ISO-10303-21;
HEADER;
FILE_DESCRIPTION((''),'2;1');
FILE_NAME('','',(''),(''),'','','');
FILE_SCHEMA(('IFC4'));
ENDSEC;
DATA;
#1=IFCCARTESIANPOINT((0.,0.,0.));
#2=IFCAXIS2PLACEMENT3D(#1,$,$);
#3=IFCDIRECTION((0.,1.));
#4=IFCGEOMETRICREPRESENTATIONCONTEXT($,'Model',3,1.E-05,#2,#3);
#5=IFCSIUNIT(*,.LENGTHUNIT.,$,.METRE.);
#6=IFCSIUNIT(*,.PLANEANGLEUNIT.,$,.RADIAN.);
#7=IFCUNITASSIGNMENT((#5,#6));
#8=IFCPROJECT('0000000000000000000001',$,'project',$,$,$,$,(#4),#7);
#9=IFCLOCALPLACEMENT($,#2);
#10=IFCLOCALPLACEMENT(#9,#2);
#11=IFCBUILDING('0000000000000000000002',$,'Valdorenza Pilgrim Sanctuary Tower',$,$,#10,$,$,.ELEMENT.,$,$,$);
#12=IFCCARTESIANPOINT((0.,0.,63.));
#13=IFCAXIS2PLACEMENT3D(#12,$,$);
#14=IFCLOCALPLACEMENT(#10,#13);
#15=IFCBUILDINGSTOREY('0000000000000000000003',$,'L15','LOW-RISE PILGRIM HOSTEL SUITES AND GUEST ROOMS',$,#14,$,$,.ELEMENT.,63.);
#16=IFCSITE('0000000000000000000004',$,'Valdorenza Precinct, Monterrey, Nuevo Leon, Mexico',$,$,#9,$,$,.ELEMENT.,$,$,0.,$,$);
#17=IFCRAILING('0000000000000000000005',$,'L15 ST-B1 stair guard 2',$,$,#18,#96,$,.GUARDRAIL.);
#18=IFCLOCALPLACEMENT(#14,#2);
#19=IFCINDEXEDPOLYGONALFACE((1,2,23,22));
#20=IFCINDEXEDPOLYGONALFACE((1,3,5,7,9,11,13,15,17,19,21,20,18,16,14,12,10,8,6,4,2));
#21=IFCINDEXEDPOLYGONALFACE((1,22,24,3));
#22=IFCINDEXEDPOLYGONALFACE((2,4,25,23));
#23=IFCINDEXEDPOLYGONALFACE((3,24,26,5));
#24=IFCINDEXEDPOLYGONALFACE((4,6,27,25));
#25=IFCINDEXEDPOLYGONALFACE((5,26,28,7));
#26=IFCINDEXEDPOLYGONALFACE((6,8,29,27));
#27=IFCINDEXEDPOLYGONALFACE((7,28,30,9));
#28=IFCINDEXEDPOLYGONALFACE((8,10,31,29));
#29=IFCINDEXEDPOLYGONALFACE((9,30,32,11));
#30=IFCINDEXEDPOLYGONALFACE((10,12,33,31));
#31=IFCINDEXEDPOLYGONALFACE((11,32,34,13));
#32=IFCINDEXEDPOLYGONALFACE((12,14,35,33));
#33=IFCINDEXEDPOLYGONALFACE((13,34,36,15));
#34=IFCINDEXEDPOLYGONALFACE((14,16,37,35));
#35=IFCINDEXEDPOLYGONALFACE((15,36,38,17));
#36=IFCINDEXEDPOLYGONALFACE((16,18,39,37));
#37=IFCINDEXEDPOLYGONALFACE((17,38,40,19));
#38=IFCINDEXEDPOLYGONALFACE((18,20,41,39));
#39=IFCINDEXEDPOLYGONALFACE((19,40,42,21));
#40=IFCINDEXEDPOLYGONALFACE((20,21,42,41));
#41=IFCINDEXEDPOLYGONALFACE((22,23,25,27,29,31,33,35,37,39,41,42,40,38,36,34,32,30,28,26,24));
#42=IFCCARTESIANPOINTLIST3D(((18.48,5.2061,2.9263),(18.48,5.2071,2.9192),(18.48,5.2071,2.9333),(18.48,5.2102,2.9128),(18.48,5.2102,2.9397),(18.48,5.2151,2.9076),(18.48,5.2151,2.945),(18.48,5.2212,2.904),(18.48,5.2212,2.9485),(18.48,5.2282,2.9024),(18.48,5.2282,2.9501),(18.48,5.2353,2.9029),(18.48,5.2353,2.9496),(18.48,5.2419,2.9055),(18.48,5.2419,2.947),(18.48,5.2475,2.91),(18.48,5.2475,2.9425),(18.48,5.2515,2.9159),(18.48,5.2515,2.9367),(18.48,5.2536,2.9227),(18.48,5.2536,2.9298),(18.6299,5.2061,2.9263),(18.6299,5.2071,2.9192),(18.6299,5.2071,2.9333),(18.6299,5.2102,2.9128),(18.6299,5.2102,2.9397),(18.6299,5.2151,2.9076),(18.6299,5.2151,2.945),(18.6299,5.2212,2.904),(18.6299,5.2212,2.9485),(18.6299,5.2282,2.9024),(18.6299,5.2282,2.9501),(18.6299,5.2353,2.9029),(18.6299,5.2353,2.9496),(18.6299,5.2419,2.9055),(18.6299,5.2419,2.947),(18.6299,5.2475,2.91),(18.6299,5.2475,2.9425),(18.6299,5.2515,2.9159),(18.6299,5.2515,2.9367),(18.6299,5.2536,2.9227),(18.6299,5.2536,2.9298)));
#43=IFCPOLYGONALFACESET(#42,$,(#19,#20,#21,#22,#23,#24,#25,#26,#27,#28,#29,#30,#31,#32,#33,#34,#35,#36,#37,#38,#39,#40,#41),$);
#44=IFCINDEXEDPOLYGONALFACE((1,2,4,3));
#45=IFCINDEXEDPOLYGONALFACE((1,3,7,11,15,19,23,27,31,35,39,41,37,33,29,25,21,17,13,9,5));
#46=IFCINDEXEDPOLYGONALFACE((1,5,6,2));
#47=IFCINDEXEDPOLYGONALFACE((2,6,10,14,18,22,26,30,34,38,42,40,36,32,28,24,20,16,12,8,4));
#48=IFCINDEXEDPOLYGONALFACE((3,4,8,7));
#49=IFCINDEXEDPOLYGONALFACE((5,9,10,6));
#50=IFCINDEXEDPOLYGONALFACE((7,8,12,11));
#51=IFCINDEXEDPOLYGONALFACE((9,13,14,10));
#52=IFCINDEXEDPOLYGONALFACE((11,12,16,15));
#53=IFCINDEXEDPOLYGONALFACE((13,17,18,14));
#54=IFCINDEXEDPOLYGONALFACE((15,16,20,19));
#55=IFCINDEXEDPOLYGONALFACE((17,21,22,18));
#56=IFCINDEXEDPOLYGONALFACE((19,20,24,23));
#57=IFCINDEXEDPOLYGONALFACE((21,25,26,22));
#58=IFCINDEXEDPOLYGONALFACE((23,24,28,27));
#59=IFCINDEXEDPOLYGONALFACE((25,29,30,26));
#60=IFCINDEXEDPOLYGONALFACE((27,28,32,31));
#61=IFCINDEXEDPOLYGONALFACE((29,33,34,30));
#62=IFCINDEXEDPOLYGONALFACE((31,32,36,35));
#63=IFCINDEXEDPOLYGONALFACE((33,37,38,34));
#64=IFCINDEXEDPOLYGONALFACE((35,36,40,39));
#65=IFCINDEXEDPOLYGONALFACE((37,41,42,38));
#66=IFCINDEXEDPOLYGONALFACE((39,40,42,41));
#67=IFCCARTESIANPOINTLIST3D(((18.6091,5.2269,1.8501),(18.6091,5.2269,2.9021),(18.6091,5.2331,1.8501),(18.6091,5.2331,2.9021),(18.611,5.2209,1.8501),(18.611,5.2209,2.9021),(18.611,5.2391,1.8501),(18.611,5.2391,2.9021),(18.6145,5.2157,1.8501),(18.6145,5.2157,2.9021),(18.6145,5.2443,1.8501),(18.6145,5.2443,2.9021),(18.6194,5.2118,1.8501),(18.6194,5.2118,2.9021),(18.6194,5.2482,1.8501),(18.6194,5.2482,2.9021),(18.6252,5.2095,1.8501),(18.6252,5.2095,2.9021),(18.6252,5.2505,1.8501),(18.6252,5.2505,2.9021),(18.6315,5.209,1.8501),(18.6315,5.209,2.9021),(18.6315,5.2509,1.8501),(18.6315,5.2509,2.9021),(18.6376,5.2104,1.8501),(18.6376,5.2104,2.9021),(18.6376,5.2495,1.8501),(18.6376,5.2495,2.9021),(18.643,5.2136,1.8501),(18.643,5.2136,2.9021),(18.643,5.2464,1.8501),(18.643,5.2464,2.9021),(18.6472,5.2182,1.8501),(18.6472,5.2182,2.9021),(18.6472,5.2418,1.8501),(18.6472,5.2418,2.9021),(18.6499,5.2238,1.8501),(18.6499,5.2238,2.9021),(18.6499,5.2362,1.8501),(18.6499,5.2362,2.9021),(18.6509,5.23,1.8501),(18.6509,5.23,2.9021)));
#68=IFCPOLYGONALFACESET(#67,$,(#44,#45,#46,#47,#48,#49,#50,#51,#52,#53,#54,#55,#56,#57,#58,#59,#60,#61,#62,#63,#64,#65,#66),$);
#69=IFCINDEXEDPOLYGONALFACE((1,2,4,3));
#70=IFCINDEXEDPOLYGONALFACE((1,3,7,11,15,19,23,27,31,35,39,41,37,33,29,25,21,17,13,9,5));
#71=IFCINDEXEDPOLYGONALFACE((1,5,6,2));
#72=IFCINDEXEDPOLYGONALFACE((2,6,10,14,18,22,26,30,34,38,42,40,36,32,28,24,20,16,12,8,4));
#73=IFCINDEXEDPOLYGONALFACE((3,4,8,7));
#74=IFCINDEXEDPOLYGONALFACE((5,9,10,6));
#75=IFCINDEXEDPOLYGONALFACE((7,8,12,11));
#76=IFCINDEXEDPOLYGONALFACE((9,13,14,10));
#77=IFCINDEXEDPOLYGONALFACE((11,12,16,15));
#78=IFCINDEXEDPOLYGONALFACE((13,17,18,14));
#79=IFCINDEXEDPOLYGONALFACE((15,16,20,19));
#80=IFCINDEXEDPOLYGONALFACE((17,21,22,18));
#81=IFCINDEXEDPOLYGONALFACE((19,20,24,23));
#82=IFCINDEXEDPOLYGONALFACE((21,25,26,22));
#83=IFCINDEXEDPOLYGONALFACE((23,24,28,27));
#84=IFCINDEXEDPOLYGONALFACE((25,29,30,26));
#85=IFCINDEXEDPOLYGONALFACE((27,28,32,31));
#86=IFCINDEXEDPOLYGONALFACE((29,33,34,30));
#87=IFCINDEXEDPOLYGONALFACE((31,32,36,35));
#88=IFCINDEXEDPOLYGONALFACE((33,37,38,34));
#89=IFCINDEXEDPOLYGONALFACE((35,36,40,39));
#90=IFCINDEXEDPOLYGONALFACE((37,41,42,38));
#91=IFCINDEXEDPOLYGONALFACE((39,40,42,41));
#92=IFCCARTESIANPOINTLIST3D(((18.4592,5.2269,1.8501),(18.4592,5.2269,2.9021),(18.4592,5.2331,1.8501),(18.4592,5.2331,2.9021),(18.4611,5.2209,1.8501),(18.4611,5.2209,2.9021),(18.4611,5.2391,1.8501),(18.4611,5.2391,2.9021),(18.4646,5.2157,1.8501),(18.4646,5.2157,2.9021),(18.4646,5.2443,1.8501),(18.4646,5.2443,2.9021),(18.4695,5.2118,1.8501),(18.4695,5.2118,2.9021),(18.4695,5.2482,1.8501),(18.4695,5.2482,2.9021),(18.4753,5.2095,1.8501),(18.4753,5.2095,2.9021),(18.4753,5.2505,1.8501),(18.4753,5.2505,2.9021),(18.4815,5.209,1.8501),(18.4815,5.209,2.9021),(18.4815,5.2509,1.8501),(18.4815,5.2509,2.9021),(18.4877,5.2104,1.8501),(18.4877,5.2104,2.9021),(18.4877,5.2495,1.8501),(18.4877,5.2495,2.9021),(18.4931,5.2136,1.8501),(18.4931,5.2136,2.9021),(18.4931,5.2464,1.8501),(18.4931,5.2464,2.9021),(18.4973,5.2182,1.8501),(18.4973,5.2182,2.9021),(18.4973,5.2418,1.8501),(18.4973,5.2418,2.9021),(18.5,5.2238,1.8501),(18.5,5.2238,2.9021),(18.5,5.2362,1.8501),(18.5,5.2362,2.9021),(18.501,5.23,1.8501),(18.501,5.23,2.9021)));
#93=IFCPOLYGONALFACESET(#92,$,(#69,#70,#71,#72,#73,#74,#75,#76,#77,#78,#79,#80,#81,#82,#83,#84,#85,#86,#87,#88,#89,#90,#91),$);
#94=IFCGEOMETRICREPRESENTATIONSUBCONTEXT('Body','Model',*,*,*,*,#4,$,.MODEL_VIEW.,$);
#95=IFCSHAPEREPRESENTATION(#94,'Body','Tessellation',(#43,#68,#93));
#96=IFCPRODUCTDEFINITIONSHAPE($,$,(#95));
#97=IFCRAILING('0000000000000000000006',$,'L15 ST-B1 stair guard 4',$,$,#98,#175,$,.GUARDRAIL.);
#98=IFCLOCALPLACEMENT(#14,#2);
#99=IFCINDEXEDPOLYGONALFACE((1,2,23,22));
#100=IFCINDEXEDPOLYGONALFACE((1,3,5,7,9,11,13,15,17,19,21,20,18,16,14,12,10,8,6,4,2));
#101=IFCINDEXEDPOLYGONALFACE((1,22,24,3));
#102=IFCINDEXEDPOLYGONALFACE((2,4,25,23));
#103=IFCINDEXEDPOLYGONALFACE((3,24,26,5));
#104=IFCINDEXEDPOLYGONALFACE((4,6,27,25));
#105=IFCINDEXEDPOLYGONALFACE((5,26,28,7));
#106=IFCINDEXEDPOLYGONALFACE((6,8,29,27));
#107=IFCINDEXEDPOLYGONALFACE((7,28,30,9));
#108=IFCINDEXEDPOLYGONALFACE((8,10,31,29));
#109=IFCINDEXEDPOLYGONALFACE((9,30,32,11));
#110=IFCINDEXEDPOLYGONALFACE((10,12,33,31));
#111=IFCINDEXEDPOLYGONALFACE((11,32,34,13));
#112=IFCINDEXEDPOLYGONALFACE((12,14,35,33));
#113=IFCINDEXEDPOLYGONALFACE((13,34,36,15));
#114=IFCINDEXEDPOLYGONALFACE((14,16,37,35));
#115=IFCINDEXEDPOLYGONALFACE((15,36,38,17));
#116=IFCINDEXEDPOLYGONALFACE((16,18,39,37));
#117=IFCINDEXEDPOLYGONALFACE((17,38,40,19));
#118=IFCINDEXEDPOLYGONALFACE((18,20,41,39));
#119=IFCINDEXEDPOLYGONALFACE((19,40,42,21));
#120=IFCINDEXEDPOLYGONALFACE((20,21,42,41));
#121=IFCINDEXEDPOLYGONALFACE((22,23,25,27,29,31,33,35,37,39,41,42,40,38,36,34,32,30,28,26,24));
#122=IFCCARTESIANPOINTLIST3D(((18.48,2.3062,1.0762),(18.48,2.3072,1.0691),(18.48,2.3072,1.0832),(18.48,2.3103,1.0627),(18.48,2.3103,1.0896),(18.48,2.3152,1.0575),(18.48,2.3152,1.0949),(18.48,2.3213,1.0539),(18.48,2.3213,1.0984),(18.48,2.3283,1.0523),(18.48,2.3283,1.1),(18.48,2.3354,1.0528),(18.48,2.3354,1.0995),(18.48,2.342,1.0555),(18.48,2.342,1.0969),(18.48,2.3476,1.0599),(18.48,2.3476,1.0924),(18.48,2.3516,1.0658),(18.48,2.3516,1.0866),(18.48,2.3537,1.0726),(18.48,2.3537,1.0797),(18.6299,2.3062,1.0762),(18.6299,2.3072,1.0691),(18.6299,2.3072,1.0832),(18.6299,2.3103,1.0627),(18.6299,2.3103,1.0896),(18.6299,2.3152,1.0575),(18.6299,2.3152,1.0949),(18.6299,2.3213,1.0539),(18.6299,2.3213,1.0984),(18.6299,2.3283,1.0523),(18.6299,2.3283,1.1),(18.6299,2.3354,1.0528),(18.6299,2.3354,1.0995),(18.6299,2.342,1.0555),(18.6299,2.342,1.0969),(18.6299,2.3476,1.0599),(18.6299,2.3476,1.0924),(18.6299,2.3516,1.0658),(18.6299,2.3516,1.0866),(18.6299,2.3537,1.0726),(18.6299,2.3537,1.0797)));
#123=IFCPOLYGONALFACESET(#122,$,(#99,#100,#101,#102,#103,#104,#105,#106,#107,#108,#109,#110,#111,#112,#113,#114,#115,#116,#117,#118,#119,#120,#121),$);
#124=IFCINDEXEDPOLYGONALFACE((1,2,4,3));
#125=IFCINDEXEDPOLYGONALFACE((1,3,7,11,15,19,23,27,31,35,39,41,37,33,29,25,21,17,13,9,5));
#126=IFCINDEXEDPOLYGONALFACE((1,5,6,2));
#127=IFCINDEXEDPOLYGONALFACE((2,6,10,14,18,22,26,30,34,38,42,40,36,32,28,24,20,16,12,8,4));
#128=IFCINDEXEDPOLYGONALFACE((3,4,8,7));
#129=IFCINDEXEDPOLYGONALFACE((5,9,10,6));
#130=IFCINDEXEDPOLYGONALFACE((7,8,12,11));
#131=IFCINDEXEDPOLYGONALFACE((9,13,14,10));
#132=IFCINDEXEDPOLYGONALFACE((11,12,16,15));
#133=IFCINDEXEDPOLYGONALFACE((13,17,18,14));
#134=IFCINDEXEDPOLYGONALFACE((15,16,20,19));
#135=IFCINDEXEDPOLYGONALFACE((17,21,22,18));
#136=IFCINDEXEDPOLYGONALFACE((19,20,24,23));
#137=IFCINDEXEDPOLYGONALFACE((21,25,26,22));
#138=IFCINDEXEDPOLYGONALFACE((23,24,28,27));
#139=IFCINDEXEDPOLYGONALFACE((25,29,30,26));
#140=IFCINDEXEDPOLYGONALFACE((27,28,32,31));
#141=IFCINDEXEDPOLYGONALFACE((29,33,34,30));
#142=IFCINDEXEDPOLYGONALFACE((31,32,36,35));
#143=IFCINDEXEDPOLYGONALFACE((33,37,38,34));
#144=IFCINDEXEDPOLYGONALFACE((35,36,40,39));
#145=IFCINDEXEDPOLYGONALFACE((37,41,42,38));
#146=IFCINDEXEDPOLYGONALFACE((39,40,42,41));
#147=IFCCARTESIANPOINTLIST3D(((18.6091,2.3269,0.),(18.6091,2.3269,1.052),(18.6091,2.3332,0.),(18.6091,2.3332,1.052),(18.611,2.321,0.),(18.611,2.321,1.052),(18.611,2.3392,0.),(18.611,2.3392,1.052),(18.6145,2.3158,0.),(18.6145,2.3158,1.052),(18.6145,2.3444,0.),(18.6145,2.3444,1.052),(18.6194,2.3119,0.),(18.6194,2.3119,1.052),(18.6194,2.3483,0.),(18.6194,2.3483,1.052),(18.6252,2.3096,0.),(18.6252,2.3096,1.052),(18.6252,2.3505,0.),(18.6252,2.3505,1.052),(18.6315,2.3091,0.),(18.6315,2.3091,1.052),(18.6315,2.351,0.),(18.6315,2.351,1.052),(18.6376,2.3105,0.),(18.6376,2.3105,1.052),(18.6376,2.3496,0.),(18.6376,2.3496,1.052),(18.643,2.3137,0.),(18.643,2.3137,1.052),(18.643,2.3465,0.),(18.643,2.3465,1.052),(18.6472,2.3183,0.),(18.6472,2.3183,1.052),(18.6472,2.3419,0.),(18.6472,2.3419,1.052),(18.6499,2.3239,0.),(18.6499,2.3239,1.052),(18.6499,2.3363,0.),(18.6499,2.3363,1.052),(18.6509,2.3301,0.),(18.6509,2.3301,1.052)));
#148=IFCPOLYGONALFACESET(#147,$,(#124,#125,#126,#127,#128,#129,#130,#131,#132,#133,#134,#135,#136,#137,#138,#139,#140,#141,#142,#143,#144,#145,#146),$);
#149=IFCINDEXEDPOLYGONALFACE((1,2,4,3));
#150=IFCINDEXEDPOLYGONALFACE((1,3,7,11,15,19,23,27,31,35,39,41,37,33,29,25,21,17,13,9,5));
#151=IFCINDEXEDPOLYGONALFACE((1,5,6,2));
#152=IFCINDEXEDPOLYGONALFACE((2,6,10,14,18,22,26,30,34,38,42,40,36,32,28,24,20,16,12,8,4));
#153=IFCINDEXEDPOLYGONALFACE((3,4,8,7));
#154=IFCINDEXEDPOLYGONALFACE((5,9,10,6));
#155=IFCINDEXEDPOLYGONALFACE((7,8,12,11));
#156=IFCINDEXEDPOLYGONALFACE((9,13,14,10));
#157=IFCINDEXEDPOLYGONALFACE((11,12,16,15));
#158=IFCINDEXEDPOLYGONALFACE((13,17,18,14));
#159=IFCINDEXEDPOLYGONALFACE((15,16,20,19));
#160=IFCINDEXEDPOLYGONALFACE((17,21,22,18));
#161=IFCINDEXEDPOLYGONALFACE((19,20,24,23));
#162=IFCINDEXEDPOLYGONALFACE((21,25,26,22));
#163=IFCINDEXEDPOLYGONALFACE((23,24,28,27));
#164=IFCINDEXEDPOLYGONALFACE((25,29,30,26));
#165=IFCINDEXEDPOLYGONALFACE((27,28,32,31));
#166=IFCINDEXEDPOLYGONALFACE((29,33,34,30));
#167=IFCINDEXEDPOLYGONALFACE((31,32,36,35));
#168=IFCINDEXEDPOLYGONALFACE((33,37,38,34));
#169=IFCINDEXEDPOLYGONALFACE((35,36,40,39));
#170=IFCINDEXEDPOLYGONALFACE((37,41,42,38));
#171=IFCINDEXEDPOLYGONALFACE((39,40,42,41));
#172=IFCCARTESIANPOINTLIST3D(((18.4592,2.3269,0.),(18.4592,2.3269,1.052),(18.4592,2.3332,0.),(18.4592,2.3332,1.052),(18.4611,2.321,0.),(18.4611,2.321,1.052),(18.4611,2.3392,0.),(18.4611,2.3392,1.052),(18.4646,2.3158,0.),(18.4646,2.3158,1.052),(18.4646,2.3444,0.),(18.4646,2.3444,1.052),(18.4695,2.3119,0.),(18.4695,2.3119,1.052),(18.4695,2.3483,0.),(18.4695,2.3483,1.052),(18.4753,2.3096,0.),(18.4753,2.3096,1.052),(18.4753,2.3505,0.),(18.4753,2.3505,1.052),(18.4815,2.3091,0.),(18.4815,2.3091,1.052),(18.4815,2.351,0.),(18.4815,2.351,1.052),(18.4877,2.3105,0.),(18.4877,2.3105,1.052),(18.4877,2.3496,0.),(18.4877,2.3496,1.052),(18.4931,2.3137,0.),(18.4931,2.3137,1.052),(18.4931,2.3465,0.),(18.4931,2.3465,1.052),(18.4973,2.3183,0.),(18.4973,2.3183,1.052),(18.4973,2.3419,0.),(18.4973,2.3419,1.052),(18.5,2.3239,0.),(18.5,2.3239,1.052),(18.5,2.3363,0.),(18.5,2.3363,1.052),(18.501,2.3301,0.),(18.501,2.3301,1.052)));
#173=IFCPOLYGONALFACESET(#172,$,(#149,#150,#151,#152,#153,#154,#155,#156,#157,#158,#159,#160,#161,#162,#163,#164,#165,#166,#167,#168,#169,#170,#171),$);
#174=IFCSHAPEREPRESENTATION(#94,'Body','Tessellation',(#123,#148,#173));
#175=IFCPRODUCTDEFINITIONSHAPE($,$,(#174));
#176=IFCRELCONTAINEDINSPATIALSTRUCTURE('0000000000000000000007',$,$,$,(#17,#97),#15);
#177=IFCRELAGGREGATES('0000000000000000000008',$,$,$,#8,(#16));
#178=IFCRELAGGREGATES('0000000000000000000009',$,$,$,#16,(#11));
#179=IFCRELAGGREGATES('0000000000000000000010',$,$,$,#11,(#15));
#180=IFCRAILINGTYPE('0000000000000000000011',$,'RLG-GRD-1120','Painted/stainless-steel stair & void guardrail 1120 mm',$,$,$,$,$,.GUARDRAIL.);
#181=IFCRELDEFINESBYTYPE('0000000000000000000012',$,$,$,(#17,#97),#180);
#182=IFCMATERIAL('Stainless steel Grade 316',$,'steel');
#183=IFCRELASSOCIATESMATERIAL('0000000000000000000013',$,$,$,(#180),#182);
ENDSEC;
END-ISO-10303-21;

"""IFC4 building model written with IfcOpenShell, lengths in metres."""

from ifc_helpers import new_model, si_unit, direction, frame, origin, origin_2d, place, context, subcontext, project, spatial, circle, extrude, material, type_object, element, save


model = new_model("IFC4")

# Units and contexts
model_context = context("Model", 3, precision=1e-05, world=origin(), true_north=direction((0.0, 1.0)))
body_context = subcontext(model_context, "Body", "Model", "MODEL_VIEW")
ifc_project = project(units=[si_unit("LENGTHUNIT", "METRE"), si_unit("PLANEANGLEUNIT", "RADIAN")], contexts=[model_context])

# Site, building, storey
site_placement = place(None, origin())
site = spatial("IfcSite", under=ifc_project, at=site_placement, Name="Valdorenza Precinct, Monterrey, Nuevo Leon, Mexico", CompositionType="ELEMENT", RefElevation=0.0)
building_placement = place(site_placement, origin())
building = spatial("IfcBuilding", under=site, at=building_placement, Name="Valdorenza Pilgrim Sanctuary Tower", CompositionType="ELEMENT")
storey_placement = place(building_placement, frame((0.0, 0.0, 63.0)))
storey = spatial("IfcBuildingStorey", under=building, at=storey_placement, Name="L15", Description="LOW-RISE PILGRIM HOSTEL SUITES AND GUEST ROOMS", CompositionType="ELEMENT", Elevation=63.0)

# Railings
ifc_material_1 = material(Name="Stainless steel Grade 316", Category="steel")
railing_type_1 = type_object("IfcRailingType", Name="RLG-GRD-1120", Description="Painted/stainless-steel stair & void guardrail 1120 mm", PredefinedType="GUARDRAIL", material=ifc_material_1)
for number, where, name in (
    (1, (18.6299, 5.23, 1.8501), "L15 ST-B1 stair guard 2"),
    (2, (18.6299, 2.3301, 0.0), "L15 ST-B1 stair guard 4"),
):
    element("IfcRailing", number, at=place(storey_placement, frame(where)), inside=storey, type_object=railing_type_1, Name=name, PredefinedType="GUARDRAIL", context=body_context, shape_type="SweptSolid", body=[
        extrude(circle(Radius=0.0239, at=origin_2d()), frame((0.0, 0.0, 1.0762), z_axis=(-1.0, 0.0, 0.0), x_axis=(0.0, -1.0, 0.0)), (0.0, 0.0, 1.0), 0.1499),
        extrude(circle(Radius=0.021, at=origin_2d()), origin(), (0.0, 0.0, 1.0), 1.052),
        extrude(circle(Radius=0.021, at=origin_2d()), frame((-0.1499, 0.0, 0.0)), (0.0, 0.0, 1.0), 1.052),
    ])

save(model, "model.ifc")
